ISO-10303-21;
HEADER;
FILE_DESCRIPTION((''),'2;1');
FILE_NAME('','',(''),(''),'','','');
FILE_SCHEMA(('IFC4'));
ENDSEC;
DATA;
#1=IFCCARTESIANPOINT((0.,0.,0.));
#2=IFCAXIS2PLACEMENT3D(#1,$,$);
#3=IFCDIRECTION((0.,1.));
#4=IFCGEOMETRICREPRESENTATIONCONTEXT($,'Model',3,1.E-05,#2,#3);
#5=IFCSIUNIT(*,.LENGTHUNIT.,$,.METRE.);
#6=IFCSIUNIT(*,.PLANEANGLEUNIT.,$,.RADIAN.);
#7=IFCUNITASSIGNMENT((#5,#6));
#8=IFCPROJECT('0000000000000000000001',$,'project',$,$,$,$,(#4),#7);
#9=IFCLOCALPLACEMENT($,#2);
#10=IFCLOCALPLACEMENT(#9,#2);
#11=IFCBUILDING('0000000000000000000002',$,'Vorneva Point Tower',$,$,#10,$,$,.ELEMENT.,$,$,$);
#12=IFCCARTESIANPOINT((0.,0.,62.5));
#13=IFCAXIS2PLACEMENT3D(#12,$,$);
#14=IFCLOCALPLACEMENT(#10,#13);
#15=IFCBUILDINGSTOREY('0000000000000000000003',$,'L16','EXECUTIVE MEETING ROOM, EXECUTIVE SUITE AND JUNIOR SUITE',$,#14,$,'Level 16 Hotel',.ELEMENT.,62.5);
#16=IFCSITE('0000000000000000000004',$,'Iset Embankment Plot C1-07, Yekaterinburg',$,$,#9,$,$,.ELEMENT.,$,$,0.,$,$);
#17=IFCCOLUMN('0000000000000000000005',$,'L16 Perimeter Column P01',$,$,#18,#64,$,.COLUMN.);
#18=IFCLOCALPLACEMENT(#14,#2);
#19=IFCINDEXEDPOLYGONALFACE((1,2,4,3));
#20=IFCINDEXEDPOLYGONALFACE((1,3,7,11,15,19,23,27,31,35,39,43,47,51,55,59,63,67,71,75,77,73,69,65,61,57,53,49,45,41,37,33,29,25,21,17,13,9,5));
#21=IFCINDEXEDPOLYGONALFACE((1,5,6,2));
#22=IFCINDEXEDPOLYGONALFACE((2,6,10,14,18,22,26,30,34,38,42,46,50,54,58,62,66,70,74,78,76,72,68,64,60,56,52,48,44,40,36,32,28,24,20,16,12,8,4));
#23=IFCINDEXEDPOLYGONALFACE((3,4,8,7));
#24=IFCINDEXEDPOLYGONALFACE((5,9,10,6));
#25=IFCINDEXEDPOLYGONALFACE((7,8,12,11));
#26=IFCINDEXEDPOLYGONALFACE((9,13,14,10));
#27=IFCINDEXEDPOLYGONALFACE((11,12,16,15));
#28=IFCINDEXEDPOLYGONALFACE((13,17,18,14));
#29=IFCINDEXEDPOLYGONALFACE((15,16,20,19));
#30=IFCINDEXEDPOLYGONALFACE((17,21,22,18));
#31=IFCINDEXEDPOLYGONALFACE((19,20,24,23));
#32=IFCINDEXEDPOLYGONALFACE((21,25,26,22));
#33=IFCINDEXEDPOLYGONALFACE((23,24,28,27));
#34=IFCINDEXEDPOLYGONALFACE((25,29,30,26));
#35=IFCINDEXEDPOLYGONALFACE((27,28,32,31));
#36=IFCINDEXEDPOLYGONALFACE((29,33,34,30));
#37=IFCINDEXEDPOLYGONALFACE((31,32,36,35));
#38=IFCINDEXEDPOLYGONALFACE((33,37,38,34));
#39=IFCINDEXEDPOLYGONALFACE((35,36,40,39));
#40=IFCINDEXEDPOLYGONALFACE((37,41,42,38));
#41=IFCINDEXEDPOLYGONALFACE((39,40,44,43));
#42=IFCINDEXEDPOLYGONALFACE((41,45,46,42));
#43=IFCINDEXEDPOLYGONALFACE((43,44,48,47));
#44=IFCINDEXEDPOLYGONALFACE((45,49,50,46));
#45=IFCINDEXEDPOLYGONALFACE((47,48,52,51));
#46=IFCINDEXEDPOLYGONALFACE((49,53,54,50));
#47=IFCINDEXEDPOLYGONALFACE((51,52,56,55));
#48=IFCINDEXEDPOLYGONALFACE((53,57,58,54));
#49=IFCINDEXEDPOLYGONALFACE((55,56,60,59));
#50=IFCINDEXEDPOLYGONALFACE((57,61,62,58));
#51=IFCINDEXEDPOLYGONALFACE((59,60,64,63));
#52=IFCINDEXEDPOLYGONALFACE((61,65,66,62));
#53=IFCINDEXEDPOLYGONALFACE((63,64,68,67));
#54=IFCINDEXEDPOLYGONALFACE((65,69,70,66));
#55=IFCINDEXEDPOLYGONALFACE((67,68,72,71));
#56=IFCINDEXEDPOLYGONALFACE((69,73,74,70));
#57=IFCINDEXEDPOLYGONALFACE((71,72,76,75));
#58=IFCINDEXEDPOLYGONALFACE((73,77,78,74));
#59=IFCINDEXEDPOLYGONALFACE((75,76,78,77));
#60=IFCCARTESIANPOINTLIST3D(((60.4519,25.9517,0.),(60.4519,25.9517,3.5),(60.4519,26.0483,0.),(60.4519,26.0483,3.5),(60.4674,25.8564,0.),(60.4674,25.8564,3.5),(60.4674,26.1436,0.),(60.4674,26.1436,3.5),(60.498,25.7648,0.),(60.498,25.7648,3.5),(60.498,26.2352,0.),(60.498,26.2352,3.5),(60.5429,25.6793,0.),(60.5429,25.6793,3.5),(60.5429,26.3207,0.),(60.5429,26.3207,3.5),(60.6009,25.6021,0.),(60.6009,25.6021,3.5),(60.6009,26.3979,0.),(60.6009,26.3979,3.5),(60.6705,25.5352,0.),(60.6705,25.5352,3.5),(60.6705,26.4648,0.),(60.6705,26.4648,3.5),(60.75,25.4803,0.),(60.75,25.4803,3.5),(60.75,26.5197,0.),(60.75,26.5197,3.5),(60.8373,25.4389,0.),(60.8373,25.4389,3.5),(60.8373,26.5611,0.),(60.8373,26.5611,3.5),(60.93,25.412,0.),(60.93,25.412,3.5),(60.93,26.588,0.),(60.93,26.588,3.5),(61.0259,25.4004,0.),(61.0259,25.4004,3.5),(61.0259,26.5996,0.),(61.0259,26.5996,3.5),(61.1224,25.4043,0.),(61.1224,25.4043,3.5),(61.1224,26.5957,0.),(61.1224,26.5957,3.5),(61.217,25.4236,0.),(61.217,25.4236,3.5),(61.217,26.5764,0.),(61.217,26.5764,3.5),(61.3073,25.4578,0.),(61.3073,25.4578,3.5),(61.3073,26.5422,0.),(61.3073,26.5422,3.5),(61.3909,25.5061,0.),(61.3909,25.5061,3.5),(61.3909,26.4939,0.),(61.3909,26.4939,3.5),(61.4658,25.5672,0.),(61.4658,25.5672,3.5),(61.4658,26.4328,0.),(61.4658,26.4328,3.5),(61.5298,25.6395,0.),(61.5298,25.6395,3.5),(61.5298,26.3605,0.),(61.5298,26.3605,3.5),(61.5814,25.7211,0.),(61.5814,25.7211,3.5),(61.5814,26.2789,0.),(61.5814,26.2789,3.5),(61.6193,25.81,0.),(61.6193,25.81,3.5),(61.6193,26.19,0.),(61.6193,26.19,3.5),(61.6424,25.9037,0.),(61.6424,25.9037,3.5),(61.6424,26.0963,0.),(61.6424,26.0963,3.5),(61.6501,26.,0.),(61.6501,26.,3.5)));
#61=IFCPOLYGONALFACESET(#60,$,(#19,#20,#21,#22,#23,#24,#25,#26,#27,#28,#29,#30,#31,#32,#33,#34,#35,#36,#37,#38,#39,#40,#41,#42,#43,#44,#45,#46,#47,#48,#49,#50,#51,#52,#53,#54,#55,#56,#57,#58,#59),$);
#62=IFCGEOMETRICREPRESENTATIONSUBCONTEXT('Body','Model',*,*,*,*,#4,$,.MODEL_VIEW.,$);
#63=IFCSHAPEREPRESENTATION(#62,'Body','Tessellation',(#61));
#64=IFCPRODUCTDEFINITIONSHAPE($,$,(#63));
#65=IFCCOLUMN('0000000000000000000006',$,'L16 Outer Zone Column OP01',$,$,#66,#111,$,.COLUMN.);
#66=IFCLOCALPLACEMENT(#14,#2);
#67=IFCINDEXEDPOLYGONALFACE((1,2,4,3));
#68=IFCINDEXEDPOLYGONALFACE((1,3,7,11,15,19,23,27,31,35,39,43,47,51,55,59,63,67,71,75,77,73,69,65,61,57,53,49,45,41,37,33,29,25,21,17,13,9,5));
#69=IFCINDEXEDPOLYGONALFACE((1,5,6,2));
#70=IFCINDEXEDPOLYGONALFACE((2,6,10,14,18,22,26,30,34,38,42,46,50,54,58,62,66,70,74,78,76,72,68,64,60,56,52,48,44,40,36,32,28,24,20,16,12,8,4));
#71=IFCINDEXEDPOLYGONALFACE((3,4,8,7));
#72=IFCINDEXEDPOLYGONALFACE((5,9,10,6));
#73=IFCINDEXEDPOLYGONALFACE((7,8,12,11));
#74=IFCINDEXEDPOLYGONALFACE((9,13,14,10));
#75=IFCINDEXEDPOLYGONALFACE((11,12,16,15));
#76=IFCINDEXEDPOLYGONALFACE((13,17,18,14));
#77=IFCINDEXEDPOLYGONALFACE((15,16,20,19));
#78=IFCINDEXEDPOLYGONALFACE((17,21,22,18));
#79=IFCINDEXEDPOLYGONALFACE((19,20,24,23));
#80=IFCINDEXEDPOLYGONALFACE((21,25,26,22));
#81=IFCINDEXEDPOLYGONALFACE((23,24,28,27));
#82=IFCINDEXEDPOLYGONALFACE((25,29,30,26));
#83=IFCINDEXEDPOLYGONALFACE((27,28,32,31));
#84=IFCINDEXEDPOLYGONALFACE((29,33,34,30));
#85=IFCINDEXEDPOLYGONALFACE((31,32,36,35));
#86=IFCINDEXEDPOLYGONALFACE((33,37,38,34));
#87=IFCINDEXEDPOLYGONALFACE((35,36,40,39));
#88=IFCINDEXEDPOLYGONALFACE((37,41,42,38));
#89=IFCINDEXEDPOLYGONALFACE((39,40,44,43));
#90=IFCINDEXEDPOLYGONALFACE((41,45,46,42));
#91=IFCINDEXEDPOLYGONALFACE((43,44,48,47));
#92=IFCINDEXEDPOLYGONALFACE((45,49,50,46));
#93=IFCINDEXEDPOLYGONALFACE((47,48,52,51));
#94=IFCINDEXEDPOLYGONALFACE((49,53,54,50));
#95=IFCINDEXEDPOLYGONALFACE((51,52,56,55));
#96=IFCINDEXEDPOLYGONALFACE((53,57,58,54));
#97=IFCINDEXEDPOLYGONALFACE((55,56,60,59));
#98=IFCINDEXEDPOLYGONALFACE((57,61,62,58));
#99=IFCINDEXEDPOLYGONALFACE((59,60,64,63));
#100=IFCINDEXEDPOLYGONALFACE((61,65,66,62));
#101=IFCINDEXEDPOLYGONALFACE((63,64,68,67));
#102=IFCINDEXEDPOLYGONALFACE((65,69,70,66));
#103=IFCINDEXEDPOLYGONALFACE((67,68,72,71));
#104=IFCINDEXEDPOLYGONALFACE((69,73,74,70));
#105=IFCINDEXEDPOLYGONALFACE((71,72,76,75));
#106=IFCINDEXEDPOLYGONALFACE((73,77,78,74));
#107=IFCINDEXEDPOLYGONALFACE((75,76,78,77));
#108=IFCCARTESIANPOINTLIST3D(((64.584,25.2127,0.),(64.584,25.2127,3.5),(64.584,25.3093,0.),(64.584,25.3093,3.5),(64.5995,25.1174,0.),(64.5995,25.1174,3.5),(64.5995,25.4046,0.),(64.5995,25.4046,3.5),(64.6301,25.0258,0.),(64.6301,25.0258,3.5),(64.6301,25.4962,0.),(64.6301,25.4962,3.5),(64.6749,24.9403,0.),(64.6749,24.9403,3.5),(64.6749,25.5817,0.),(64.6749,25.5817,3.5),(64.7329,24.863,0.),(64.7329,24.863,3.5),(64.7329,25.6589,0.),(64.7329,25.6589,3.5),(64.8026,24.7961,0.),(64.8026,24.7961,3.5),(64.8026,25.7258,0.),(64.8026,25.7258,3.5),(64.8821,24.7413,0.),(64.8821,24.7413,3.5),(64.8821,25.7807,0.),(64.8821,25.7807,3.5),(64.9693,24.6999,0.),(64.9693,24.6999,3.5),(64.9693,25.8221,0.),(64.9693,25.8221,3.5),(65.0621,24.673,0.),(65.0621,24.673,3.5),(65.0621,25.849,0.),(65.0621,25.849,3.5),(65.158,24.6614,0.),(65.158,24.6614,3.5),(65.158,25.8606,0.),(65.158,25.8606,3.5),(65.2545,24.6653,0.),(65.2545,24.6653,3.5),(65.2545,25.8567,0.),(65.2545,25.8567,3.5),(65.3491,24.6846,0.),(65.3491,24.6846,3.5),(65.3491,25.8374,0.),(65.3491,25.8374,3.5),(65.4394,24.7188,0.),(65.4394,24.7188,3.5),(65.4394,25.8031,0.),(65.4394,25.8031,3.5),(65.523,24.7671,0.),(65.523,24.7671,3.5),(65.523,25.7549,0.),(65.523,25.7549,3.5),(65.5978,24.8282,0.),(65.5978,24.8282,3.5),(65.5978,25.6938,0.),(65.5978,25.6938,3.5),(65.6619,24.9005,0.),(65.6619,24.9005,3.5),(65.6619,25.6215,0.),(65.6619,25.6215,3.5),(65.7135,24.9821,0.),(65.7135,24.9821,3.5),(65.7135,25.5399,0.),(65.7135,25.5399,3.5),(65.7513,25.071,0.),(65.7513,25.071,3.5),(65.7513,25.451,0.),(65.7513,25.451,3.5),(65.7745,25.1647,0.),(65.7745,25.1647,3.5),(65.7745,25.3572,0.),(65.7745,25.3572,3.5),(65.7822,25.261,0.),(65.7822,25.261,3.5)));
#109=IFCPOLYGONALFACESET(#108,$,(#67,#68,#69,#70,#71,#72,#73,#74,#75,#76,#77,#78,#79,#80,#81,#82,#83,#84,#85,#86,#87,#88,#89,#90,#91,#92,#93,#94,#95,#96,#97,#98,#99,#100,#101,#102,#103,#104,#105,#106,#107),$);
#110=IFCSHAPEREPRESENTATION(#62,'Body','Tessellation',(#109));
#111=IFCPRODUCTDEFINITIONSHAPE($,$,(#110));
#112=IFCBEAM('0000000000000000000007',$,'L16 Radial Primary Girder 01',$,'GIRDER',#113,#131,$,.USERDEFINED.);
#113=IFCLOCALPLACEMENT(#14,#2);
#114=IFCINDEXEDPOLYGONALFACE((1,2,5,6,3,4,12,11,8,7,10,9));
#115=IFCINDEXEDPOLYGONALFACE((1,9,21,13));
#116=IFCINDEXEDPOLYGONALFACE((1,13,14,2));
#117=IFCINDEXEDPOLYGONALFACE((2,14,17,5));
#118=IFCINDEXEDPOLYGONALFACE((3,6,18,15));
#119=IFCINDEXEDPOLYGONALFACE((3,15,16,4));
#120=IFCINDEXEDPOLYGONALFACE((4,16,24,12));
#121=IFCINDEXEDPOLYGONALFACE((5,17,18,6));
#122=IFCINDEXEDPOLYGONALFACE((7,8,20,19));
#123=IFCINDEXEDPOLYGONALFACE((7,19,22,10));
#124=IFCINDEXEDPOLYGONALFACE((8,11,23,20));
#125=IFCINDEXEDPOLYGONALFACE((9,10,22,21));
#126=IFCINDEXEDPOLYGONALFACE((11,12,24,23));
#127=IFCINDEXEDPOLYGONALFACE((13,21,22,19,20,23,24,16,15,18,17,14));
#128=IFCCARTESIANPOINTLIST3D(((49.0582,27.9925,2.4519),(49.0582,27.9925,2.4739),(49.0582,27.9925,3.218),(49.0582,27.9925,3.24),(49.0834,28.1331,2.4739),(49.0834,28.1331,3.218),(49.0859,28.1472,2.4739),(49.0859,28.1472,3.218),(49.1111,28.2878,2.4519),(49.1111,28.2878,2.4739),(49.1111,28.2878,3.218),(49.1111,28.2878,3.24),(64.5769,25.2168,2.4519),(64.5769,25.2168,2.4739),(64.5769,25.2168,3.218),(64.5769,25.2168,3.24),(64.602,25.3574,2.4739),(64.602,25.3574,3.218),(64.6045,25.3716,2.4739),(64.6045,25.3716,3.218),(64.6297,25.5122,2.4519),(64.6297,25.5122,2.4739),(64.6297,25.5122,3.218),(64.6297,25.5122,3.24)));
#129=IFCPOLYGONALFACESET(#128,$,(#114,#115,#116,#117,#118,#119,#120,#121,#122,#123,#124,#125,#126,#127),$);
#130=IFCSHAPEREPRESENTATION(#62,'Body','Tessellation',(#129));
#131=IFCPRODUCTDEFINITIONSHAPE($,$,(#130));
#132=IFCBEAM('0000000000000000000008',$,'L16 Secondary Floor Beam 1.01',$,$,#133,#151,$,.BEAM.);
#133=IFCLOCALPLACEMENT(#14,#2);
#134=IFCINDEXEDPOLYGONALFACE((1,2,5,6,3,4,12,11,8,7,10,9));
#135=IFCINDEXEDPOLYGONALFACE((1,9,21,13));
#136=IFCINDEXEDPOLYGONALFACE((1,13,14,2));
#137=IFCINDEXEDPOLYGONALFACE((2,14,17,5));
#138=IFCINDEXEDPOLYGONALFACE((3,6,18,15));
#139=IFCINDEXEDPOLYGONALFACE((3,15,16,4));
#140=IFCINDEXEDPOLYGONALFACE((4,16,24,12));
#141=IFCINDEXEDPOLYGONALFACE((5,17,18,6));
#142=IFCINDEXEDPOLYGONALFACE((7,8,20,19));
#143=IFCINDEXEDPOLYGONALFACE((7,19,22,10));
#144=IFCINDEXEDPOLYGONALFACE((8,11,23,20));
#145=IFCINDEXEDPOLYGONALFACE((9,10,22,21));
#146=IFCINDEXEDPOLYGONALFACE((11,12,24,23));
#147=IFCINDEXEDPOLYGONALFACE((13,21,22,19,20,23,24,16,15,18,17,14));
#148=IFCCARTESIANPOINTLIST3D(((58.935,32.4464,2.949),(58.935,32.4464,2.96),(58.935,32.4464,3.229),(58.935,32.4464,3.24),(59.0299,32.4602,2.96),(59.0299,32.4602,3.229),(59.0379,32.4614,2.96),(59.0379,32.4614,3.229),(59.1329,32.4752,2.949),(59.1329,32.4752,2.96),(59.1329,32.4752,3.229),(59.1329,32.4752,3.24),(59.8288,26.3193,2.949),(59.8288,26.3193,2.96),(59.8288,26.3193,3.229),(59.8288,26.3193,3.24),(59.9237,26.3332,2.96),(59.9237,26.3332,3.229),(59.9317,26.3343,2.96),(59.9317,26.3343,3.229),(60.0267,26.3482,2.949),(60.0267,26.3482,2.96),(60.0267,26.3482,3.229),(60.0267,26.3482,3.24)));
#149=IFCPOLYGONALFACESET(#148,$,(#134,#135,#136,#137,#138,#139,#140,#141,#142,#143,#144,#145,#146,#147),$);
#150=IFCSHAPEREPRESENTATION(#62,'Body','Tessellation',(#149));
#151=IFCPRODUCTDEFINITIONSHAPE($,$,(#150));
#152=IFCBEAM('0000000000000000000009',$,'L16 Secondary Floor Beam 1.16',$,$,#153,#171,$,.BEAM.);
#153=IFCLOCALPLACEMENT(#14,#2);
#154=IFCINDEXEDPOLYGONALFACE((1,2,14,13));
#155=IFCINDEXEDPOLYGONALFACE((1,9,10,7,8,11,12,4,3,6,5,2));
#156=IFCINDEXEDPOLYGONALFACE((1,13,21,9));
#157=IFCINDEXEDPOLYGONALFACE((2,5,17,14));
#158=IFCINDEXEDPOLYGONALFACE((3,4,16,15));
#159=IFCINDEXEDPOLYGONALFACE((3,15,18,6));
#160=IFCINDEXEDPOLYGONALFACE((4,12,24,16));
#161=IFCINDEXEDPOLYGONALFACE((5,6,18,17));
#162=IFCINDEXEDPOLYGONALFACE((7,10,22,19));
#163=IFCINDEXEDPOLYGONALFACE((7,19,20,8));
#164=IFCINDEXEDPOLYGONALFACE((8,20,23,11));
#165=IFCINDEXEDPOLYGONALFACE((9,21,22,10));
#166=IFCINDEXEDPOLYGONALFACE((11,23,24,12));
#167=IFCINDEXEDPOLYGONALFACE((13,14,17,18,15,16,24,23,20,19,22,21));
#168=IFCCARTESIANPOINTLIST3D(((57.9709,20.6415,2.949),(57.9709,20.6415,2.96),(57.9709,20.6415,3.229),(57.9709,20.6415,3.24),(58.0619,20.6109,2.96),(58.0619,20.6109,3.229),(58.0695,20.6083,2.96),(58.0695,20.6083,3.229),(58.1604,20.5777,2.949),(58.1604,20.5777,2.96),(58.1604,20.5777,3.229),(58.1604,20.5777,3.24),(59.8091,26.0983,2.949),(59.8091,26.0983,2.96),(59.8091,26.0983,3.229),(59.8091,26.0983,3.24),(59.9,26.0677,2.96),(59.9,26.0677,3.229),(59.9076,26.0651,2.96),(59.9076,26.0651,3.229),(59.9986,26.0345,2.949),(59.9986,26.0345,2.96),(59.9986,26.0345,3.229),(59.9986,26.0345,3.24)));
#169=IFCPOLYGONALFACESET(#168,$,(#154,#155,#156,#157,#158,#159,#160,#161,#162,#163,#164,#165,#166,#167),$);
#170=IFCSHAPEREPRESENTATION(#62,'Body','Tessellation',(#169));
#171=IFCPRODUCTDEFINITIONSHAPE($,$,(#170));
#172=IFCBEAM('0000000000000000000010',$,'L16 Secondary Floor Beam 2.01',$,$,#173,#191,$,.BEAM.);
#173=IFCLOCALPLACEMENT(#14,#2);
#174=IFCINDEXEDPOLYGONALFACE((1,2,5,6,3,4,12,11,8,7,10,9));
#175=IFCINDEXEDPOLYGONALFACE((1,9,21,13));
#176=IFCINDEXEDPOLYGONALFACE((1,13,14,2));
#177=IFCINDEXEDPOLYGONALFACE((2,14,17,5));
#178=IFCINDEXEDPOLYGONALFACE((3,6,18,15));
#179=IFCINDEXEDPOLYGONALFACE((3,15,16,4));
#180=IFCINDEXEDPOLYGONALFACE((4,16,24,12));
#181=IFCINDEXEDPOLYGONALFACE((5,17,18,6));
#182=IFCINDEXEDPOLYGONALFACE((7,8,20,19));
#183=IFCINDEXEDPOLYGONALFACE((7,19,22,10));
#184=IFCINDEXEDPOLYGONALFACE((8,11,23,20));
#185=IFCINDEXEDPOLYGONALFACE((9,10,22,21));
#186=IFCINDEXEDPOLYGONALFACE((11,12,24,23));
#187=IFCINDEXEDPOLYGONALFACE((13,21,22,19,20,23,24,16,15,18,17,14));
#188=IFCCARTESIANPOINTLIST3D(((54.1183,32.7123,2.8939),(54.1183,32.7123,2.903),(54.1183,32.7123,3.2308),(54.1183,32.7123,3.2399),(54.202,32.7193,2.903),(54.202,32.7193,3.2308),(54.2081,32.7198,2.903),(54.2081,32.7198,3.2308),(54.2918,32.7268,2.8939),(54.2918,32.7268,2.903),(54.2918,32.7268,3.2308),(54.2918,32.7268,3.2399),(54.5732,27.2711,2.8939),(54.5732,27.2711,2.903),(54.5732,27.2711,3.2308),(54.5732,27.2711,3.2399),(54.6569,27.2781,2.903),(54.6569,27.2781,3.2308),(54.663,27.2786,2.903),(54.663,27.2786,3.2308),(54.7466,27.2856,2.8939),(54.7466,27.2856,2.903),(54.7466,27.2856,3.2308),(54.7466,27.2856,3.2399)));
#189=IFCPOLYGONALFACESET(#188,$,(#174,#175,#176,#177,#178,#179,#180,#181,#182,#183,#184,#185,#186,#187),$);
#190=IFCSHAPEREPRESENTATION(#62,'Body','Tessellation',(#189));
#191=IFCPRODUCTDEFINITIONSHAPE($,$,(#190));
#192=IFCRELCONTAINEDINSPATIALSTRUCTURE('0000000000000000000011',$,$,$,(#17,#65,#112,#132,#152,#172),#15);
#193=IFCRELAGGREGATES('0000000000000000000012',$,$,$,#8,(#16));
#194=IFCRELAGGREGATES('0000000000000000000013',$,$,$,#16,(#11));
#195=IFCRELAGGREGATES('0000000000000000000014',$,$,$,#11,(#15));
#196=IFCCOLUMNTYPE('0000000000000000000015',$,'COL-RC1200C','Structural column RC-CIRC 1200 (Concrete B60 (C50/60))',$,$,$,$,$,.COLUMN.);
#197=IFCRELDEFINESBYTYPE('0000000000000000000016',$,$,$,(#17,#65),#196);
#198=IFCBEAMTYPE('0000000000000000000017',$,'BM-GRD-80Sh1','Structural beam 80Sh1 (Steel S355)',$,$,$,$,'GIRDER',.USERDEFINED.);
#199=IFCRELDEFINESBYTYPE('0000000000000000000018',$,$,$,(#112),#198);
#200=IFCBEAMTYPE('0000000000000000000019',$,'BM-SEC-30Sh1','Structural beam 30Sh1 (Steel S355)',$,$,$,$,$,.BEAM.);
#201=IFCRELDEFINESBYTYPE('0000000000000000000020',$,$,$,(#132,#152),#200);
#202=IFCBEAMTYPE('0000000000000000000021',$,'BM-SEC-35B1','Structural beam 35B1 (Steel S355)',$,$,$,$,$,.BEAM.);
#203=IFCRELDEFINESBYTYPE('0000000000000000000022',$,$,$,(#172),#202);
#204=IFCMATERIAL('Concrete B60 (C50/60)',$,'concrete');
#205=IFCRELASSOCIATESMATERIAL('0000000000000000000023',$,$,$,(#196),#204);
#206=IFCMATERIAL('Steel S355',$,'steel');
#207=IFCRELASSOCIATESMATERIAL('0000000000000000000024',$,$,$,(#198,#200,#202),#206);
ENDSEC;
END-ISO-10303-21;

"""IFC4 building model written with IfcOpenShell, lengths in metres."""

from ifc_helpers import new_model, si_unit, direction, frame, origin, origin_2d, place, context, subcontext, project, spatial, circle, i_section, extrude, material, material_profile, profile_set, type_object, element, save


model = new_model("IFC4")

# Units and contexts
model_context = context("Model", 3, precision=1e-05, world=origin(), true_north=direction((0.0, 1.0)))
body_context = subcontext(model_context, "Body", "Model", "MODEL_VIEW")
ifc_project = project(units=[si_unit("LENGTHUNIT", "METRE"), si_unit("PLANEANGLEUNIT", "RADIAN")], contexts=[model_context])

# Site, building, storey
site_placement = place(None, origin())
site = spatial("IfcSite", under=ifc_project, at=site_placement, Name="Iset Embankment Plot C1-07, Yekaterinburg", CompositionType="ELEMENT", RefElevation=0.0)
building_placement = place(site_placement, origin())
building = spatial("IfcBuilding", under=site, at=building_placement, Name="Vorneva Point Tower", CompositionType="ELEMENT")
storey_placement = place(building_placement, frame((0.0, 0.0, 62.5)))
storey = spatial("IfcBuildingStorey", under=building, at=storey_placement, Name="L16", Description="EXECUTIVE MEETING ROOM, EXECUTIVE SUITE AND JUNIOR SUITE", LongName="Level 16 Hotel", CompositionType="ELEMENT", Elevation=62.5)

# Columns
ifc_material_1 = material(Name="Concrete B60 (C50/60)", Category="concrete")
ifc_material_profile_1 = material_profile(ifc_material_1, circle(Radius=0.6001, at=origin_2d()), Name="RC-CIRC 1200")
ifc_profile_set_1 = profile_set([ifc_material_profile_1], Name="Concrete B60 (C50/60)")
column_type = type_object("IfcColumnType", Name="COL-RC1200C", Description="Structural column RC-CIRC 1200 (Concrete B60 (C50/60))", PredefinedType="COLUMN", material=ifc_profile_set_1)
for number, where, z_axis, x_axis, name in (
    (1, (61.05, 26.0, 0.0), (0.0, 0.0, 1.0), (1.0, 0.0, 0.0), "L16 Perimeter Column P01"),
    (2, (65.1821, 25.261, 0.0), (0.0, 0.0, 1.0), (1.0, 0.0, 0.0), "L16 Outer Zone Column OP01"),
):
    element("IfcColumn", number, at=place(storey_placement, frame(where, z_axis=z_axis, x_axis=x_axis)), inside=storey, type_object=column_type, Name=name, PredefinedType="COLUMN", context=body_context, shape_type="SweptSolid", body=[
        extrude(circle(Radius=0.6001, at=origin_2d()), origin(), (0.0, 0.0, 1.0), 3.5),
    ])

# Beams
ifc_material_2 = material(Name="Steel S355", Category="steel")
ifc_material_profile_2 = material_profile(ifc_material_2, i_section(OverallWidth=0.3, OverallDepth=0.7881, WebThickness=0.0144, FlangeThickness=0.022, at=origin_2d()), Name="80Sh1")
ifc_profile_set_2 = profile_set([ifc_material_profile_2], Name="Steel S355")
beam_type_1 = type_object("IfcBeamType", Name="BM-GRD-80Sh1", Description="Structural beam 80Sh1 (Steel S355)", ElementType="GIRDER", PredefinedType="USERDEFINED", material=ifc_profile_set_2)
beam_1_placement = place(storey_placement, frame((64.6033, 25.3645, 2.8459), z_axis=(-0.984379, 0.176065, 0.0), x_axis=(-0.176065, -0.984379, 0.0)))
element("IfcBeam", 3, at=beam_1_placement, inside=storey, type_object=beam_type_1, Name="L16 Radial Primary Girder 01", ObjectType="GIRDER", PredefinedType="USERDEFINED", context=body_context, shape_type="SweptSolid", body=[
    extrude(i_section(OverallWidth=0.3, OverallDepth=0.7881, WebThickness=0.0144, FlangeThickness=0.022, at=origin_2d()), origin(), (0.0, 0.0, 1.0), 15.7649),
])
ifc_material_profile_3 = material_profile(ifc_material_2, i_section(OverallWidth=0.2, OverallDepth=0.291, WebThickness=0.0081, FlangeThickness=0.011, at=origin_2d()), Name="30Sh1")
ifc_profile_set_3 = profile_set([ifc_material_profile_3], Name="Steel S355")
beam_type_2 = type_object("IfcBeamType", Name="BM-SEC-30Sh1", Description="Structural beam 30Sh1 (Steel S355)", PredefinedType="BEAM", material=ifc_profile_set_3)
beam_2_placement = place(storey_placement, frame((59.9277, 26.3337, 3.0945), z_axis=(-0.144352, 0.989526, 0.0), x_axis=(-0.989526, -0.144352, 0.0)))
element("IfcBeam", 4, at=beam_2_placement, inside=storey, type_object=beam_type_2, Name="L16 Secondary Floor Beam 1.01", PredefinedType="BEAM", context=body_context, shape_type="SweptSolid", body=[
    extrude(i_section(OverallWidth=0.2, OverallDepth=0.291, WebThickness=0.0081, FlangeThickness=0.011, at=origin_2d()), origin(), (0.0, 0.0, 1.0), 6.1919),
])
beam_3_placement = place(storey_placement, frame((58.0657, 20.6096, 3.0945), z_axis=(0.319228, 0.947678, 0.0), x_axis=(-0.947678, 0.319228, 0.0)))
element("IfcBeam", 5, at=beam_3_placement, inside=storey, type_object=beam_type_2, Name="L16 Secondary Floor Beam 1.16", PredefinedType="BEAM", context=body_context, shape_type="SweptSolid", body=[
    extrude(i_section(OverallWidth=0.2, OverallDepth=0.291, WebThickness=0.0081, FlangeThickness=0.011, at=origin_2d()), origin(), (0.0, 0.0, 1.0), 5.7581),
])
ifc_material_profile_4 = material_profile(ifc_material_2, i_section(OverallWidth=0.1741, OverallDepth=0.3459, WebThickness=0.0061, FlangeThickness=0.009, at=origin_2d()), Name="35B1")
ifc_profile_set_4 = profile_set([ifc_material_profile_4], Name="Steel S355")
beam_type_3 = type_object("IfcBeamType", Name="BM-SEC-35B1", Description="Structural beam 35B1 (Steel S355)", PredefinedType="BEAM", material=ifc_profile_set_4)
beam_4_placement = place(storey_placement, frame((54.6599, 27.2783, 3.0669), z_axis=(-0.083301, 0.996524, 0.0), x_axis=(-0.996524, -0.083301, 0.0)))
element("IfcBeam", 6, at=beam_4_placement, inside=storey, type_object=beam_type_3, Name="L16 Secondary Floor Beam 2.01", PredefinedType="BEAM", context=body_context, shape_type="SweptSolid", body=[
    extrude(i_section(OverallWidth=0.1741, OverallDepth=0.3459, WebThickness=0.0061, FlangeThickness=0.009, at=origin_2d()), origin(), (0.0, 0.0, 1.0), 5.4602),
])

save(model, "model.ifc")
